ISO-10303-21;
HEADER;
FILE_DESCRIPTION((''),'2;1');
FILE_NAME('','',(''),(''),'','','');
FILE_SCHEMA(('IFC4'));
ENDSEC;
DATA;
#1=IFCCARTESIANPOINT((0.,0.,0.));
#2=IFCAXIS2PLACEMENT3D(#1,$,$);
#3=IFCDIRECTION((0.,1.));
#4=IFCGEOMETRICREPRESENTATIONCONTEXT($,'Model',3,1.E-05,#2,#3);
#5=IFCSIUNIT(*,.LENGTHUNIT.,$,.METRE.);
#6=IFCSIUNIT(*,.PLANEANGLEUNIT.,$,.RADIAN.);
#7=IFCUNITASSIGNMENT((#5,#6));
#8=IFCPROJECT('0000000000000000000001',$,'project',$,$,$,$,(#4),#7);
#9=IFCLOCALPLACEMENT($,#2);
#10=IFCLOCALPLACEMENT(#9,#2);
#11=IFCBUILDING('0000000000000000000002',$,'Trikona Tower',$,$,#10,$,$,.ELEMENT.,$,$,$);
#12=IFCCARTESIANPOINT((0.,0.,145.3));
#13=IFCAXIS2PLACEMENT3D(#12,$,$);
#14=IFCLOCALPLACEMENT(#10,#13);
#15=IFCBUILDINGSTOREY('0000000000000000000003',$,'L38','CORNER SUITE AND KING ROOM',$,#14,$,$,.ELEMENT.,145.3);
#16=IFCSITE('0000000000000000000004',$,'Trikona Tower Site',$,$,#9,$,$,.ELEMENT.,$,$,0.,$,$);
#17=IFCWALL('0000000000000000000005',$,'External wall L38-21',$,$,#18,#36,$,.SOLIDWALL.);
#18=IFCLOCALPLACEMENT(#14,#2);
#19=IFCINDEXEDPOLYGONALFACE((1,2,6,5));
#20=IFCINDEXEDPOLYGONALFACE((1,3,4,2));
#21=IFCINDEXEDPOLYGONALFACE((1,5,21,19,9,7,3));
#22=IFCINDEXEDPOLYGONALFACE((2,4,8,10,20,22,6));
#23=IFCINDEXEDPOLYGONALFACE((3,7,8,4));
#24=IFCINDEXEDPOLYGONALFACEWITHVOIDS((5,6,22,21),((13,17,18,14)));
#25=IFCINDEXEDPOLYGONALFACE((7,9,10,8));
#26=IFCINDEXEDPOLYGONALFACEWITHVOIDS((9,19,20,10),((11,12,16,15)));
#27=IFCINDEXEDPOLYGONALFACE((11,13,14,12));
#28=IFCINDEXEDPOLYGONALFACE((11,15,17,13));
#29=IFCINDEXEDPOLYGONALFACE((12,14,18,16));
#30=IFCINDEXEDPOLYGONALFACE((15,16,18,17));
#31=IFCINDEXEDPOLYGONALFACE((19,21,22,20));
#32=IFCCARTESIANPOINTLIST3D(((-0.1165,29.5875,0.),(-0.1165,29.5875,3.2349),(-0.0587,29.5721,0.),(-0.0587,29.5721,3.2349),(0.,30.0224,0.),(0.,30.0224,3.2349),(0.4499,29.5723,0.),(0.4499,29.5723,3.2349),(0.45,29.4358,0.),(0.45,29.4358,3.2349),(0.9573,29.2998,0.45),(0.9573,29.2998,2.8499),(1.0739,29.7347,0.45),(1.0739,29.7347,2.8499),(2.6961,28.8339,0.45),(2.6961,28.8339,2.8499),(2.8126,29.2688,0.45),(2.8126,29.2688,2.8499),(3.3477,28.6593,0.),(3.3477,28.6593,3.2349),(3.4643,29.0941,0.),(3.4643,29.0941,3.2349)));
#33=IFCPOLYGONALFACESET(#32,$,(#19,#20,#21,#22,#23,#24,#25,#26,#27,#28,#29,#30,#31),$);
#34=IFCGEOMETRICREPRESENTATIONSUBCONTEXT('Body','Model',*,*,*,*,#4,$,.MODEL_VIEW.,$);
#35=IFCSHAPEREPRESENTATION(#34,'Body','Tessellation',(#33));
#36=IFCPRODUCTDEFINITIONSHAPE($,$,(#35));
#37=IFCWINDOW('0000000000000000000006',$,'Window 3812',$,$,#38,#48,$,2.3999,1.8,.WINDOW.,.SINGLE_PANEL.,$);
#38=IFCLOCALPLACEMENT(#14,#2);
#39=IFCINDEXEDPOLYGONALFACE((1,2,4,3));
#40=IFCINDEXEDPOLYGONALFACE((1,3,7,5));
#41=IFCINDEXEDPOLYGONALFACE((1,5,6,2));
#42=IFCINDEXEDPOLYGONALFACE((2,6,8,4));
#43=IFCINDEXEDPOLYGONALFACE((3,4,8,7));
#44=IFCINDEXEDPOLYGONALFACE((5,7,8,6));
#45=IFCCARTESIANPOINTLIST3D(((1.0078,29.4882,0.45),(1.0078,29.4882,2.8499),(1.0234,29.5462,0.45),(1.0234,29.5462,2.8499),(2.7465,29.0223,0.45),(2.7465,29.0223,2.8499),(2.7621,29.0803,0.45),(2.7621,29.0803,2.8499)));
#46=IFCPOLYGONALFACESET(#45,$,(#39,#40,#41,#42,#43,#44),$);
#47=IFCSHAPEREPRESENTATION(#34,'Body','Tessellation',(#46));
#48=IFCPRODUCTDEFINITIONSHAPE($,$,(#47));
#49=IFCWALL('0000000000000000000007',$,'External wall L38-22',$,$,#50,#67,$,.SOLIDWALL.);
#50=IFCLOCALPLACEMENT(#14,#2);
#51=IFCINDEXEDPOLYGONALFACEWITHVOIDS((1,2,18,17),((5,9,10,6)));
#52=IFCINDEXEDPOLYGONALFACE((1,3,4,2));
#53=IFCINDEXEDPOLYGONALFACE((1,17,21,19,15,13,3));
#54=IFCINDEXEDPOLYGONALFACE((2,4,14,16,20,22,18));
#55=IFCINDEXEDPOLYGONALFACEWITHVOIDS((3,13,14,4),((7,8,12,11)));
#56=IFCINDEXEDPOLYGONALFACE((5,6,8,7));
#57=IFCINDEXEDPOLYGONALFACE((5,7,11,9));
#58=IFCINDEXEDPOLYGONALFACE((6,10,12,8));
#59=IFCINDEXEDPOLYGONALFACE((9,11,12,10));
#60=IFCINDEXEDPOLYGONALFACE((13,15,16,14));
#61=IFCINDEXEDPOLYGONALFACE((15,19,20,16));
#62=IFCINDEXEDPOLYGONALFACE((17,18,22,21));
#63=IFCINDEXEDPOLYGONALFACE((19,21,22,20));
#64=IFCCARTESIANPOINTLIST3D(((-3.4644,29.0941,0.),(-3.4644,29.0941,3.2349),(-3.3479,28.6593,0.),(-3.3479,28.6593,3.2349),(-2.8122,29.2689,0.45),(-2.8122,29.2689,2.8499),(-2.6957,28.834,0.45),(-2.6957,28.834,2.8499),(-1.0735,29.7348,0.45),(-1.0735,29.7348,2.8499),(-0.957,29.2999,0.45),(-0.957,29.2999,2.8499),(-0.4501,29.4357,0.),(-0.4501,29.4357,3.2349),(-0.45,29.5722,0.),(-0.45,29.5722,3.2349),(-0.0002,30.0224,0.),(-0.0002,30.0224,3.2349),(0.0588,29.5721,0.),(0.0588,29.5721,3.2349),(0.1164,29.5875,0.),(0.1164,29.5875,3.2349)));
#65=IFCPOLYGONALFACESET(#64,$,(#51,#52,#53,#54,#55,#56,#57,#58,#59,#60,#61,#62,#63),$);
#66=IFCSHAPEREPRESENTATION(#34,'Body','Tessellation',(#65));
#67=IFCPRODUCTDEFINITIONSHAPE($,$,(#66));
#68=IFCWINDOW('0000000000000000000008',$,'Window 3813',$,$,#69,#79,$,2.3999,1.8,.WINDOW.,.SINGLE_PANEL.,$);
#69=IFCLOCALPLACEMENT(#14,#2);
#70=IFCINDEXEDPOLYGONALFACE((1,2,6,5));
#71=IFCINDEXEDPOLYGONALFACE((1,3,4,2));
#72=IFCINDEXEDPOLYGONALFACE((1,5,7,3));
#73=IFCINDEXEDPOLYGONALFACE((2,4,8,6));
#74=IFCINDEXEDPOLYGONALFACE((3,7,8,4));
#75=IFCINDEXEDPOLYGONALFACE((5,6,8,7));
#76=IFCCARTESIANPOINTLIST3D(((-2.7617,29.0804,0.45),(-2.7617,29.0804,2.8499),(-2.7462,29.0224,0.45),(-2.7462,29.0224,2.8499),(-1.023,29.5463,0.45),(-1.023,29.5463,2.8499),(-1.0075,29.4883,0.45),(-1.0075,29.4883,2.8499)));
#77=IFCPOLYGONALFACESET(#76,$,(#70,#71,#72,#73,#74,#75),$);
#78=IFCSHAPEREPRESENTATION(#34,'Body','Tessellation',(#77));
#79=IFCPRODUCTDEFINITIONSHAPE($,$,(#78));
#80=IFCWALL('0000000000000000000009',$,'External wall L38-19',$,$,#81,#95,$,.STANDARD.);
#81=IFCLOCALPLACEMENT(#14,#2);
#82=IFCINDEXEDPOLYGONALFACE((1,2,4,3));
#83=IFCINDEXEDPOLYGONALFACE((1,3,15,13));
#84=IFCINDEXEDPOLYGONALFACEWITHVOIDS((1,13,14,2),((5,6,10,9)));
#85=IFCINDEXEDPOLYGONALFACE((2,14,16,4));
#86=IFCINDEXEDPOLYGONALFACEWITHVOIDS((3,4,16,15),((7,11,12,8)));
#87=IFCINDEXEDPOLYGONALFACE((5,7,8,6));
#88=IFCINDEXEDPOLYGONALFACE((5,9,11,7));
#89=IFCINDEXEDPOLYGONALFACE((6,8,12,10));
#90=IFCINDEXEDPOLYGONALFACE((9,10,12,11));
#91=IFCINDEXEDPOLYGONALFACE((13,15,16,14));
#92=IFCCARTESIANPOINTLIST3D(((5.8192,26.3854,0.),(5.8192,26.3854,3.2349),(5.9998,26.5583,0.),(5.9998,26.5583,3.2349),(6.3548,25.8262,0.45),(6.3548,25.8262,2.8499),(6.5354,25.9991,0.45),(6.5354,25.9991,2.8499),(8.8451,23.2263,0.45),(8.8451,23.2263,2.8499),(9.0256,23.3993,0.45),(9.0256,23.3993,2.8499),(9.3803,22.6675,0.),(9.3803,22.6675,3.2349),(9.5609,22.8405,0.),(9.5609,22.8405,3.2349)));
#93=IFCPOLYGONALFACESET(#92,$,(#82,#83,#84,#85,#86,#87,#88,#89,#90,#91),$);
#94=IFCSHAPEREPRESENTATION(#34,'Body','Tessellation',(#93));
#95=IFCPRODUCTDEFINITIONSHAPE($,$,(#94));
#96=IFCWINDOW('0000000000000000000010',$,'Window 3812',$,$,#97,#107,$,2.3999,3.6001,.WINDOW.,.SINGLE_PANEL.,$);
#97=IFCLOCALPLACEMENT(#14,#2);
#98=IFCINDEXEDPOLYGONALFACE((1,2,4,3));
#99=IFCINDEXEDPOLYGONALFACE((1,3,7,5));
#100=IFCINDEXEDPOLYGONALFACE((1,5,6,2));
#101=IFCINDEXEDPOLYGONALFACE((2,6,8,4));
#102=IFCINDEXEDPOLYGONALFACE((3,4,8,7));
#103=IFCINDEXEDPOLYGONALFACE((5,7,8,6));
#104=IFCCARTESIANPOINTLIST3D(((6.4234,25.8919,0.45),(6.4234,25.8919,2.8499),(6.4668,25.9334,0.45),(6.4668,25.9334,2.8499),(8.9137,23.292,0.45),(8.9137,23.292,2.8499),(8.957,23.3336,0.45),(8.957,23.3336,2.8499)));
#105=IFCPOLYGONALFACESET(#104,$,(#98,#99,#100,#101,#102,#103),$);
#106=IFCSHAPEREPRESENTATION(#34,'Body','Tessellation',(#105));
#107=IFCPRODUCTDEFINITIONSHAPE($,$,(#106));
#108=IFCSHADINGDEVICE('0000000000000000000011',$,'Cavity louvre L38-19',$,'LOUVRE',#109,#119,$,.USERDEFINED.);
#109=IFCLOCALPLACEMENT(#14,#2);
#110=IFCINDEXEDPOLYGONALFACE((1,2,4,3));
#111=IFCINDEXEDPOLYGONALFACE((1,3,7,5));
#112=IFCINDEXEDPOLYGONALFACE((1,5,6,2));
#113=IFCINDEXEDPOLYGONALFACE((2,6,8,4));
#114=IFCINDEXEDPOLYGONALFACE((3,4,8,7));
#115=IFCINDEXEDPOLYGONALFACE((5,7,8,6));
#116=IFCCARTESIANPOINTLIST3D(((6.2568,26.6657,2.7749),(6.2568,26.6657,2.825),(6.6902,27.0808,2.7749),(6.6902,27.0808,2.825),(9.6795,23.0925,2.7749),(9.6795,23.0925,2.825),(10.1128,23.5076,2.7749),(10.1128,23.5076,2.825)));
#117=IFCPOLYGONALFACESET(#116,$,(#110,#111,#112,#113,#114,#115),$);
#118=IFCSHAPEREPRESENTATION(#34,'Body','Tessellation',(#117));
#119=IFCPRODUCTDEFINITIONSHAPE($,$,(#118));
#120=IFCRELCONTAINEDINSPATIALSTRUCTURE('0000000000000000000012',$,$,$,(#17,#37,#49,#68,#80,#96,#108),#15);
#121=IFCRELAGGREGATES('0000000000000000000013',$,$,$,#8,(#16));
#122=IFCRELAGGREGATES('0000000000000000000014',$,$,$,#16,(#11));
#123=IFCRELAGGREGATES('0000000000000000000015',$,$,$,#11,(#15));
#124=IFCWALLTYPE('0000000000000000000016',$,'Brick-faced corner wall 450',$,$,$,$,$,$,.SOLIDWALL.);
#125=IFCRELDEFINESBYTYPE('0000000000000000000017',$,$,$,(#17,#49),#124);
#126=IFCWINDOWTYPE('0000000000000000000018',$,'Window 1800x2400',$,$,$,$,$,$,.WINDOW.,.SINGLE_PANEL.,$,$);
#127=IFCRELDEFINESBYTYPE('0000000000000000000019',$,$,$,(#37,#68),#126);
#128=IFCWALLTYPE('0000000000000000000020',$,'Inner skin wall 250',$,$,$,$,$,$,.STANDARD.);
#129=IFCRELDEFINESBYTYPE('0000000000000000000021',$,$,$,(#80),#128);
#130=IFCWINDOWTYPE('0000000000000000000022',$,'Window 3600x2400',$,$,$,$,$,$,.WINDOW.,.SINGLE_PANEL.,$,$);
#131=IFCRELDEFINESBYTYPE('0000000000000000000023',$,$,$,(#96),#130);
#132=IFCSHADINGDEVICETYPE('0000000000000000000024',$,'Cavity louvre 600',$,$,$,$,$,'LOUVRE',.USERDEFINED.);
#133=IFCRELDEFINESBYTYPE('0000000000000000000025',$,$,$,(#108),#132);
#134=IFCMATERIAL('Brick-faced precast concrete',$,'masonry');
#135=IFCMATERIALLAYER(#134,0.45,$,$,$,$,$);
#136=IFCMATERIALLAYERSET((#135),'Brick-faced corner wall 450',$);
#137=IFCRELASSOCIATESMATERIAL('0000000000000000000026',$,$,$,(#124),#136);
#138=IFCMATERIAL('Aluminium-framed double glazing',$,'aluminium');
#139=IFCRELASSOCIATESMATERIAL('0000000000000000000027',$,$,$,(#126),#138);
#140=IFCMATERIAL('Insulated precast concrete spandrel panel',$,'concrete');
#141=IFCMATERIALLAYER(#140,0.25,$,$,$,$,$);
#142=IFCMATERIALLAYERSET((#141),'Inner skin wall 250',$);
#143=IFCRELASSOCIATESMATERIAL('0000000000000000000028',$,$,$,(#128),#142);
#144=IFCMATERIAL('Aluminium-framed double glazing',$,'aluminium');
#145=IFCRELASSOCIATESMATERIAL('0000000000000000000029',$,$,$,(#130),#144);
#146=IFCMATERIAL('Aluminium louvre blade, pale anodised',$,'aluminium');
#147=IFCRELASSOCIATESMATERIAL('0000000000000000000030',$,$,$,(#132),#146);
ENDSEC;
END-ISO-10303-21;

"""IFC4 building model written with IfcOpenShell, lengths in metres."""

from ifc_helpers import new_model, si_unit, direction, frame, frame_2d, origin, origin_2d, place, context, subcontext, project, spatial, polyline, rectangle, outline, extrude, material, layer, layer_set, type_object, element, fill, save


model = new_model("IFC4")

# Units and contexts
model_context = context("Model", 3, precision=1e-05, world=origin(), true_north=direction((0.0, 1.0)))
body_context = subcontext(model_context, "Body", "Model", "MODEL_VIEW")
ifc_project = project(units=[si_unit("LENGTHUNIT", "METRE"), si_unit("PLANEANGLEUNIT", "RADIAN")], contexts=[model_context])

# Site, building, storey
site_placement = place(None, origin())
site = spatial("IfcSite", under=ifc_project, at=site_placement, Name="Trikona Tower Site", CompositionType="ELEMENT", RefElevation=0.0)
building_placement = place(site_placement, origin())
building = spatial("IfcBuilding", under=site, at=building_placement, Name="Trikona Tower", CompositionType="ELEMENT")
storey_placement = place(building_placement, frame((0.0, 0.0, 145.3)))
storey = spatial("IfcBuildingStorey", under=building, at=storey_placement, Name="L38", Description="CORNER SUITE AND KING ROOM", CompositionType="ELEMENT", Elevation=145.3)

# Walls, openings, windows
ifc_material_1 = material(Name="Brick-faced precast concrete", Category="masonry")
ifc_layer_1 = layer(ifc_material_1, 0.45)
ifc_layer_set_1 = layer_set([ifc_layer_1], Name="Brick-faced corner wall 450")
wall_type_1 = type_object("IfcWallType", Name="Brick-faced corner wall 450", PredefinedType="SOLIDWALL", material=ifc_layer_set_1)
wall_1_placement = place(storey_placement, frame((3.406, 28.8767, 0.0), z_axis=(0.0, 0.0, 1.0), x_axis=(-0.965925, 0.258823, 0.0)))
wall_1 = element("IfcWall", 1, at=wall_1_placement, inside=storey, type_object=wall_type_1, Name="External wall L38-21", PredefinedType="SOLIDWALL", context=body_context, shape_type="SweptSolid", body=[
    extrude(outline(polyline([(3.5864, 0.2251), (3.5266, 0.2251), (3.0354, 0.0933), (3.0, 0.2251), (0.0, 0.2251), (0.0, -0.2251), (3.5864, -0.2251), (3.5864, 0.2251)])), origin(), (0.0, 0.0, 1.0), 3.2349),
])
opening_1_placement = place(wall_1_placement, frame((0.6748, 0.0, 0.45)))
opening_1 = element("IfcOpeningElement", 2, at=opening_1_placement, cuts=wall_1, PredefinedType="OPENING", context=body_context, shape_type="SweptSolid", body=[
    extrude(rectangle(XDim=1.8, YDim=2.3999, at=frame_2d((0.8999, 1.2))), frame((0.0, 0.2349, 0.0), z_axis=(0.0, -1.0, 0.0), x_axis=(1.0, 0.0, 0.0)), (0.0, 0.0, 1.0), 0.47),
])
ifc_material_2 = material(Name="Aluminium-framed double glazing", Category="aluminium")
window_type_1 = type_object("IfcWindowType", Name="Window 1800x2400", PartitioningType="SINGLE_PANEL", PredefinedType="WINDOW", material=ifc_material_2)
window_1_placement = place(opening_1_placement, origin())
window_1 = element("IfcWindow", 3, at=window_1_placement, inside=storey, type_object=window_type_1, Name="Window 3812", OverallHeight=2.3999, OverallWidth=1.8, PartitioningType="SINGLE_PANEL", PredefinedType="WINDOW", context=body_context, shape_type="SweptSolid", body=[
    extrude(rectangle(XDim=1.8, YDim=2.3999, at=frame_2d((0.8999, 1.2))), frame((0.0, 0.03, 0.0), z_axis=(0.0, -1.0, 0.0), x_axis=(1.0, 0.0, 0.0)), (0.0, 0.0, 1.0), 0.0601),
])
fill(opening_1, window_1)
wall_2_placement = place(storey_placement, frame((0.0581, 29.8049, 0.0), z_axis=(0.0, 0.0, 1.0), x_axis=(-0.965925, -0.258823, 0.0)))
wall_2 = element("IfcWall", 4, at=wall_2_placement, inside=storey, type_object=wall_type_1, Name="External wall L38-22", PredefinedType="SOLIDWALL", context=body_context, shape_type="SweptSolid", body=[
    extrude(outline(polyline([(3.5864, 0.2251), (0.5864, 0.2251), (0.551, 0.0933), (0.0596, 0.2251), (0.0, 0.2251), (0.0, -0.2251), (3.5864, -0.2251), (3.5864, 0.2251)])), origin(), (0.0, 0.0, 1.0), 3.2349),
])
opening_2_placement = place(wall_2_placement, frame((1.1113, 0.0, 0.45)))
opening_2 = element("IfcOpeningElement", 5, at=opening_2_placement, cuts=wall_2, PredefinedType="OPENING", context=body_context, shape_type="SweptSolid", body=[
    extrude(rectangle(XDim=1.8, YDim=2.3999, at=frame_2d((0.8999, 1.2))), frame((0.0, 0.2349, 0.0), z_axis=(0.0, -1.0, 0.0), x_axis=(1.0, 0.0, 0.0)), (0.0, 0.0, 1.0), 0.47),
])
window_2_placement = place(opening_2_placement, origin())
window_2 = element("IfcWindow", 6, at=window_2_placement, inside=storey, type_object=window_type_1, Name="Window 3813", OverallHeight=2.3999, OverallWidth=1.8, PartitioningType="SINGLE_PANEL", PredefinedType="WINDOW", context=body_context, shape_type="SweptSolid", body=[
    extrude(rectangle(XDim=1.8, YDim=2.3999, at=frame_2d((0.8999, 1.2))), frame((0.0, 0.03, 0.0), z_axis=(0.0, -1.0, 0.0), x_axis=(1.0, 0.0, 0.0)), (0.0, 0.0, 1.0), 0.0601),
])
fill(opening_2, window_2)
ifc_material_3 = material(Name="Insulated precast concrete spandrel panel", Category="concrete")
ifc_layer_2 = layer(ifc_material_3, 0.25)
ifc_layer_set_2 = layer_set([ifc_layer_2], Name="Inner skin wall 250")
wall_type_2 = type_object("IfcWallType", Name="Inner skin wall 250", PredefinedType="STANDARD", material=ifc_layer_set_2)
wall_3_placement = place(storey_placement, frame((9.4707, 22.7539, 0.0), z_axis=(0.0, 0.0, 1.0), x_axis=(-0.69172, 0.722166, 0.0)))
wall_3 = element("IfcWall", 7, at=wall_3_placement, inside=storey, type_object=wall_type_2, Name="External wall L38-19", PredefinedType="STANDARD", context=body_context, shape_type="SweptSolid", body=[
    extrude(rectangle(XDim=5.1482, YDim=0.25, at=frame_2d((2.5742, 0.0))), origin(), (0.0, 0.0, 1.0), 3.2349),
])
opening_3_placement = place(wall_3_placement, frame((0.7739, 0.0, 0.45)))
opening_3 = element("IfcOpeningElement", 8, at=opening_3_placement, cuts=wall_3, PredefinedType="OPENING", context=body_context, shape_type="SweptSolid", body=[
    extrude(rectangle(XDim=3.6001, YDim=2.3999, at=frame_2d((1.8, 1.2))), frame((0.0, 0.135, 0.0), z_axis=(0.0, -1.0, 0.0), x_axis=(1.0, 0.0, 0.0)), (0.0, 0.0, 1.0), 0.27),
])
ifc_material_4 = material(Name="Aluminium-framed double glazing", Category="aluminium")
window_type_2 = type_object("IfcWindowType", Name="Window 3600x2400", PartitioningType="SINGLE_PANEL", PredefinedType="WINDOW", material=ifc_material_4)
window_3_placement = place(opening_3_placement, origin())
window_3 = element("IfcWindow", 9, at=window_3_placement, inside=storey, type_object=window_type_2, Name="Window 3812", OverallHeight=2.3999, OverallWidth=3.6001, PartitioningType="SINGLE_PANEL", PredefinedType="WINDOW", context=body_context, shape_type="SweptSolid", body=[
    extrude(rectangle(XDim=3.6001, YDim=2.3999, at=frame_2d((1.8, 1.2))), frame((0.0, 0.03, 0.0), z_axis=(0.0, -1.0, 0.0), x_axis=(1.0, 0.0, 0.0)), (0.0, 0.0, 1.0), 0.0601),
])
fill(opening_3, window_3)

# Shading device
ifc_material_5 = material(Name="Aluminium louvre blade, pale anodised", Category="aluminium")
shading_device_type = type_object("IfcShadingDeviceType", Name="Cavity louvre 600", ElementType="LOUVRE", PredefinedType="USERDEFINED", material=ifc_material_5)
shading_device_placement = place(storey_placement, frame((8.1848, 25.0867, 2.7749), z_axis=(0.0, 0.0, 1.0), x_axis=(-0.691724, 0.722162, 0.0)))
element("IfcShadingDevice", 10, at=shading_device_placement, inside=storey, type_object=shading_device_type, Name="Cavity louvre L38-19", ObjectType="LOUVRE", PredefinedType="USERDEFINED", context=body_context, shape_type="SweptSolid", body=[
    extrude(rectangle(XDim=4.948, YDim=0.6001, at=origin_2d()), origin(), (0.0, 0.0, 1.0), 0.05),
])

save(model, "model.ifc")
